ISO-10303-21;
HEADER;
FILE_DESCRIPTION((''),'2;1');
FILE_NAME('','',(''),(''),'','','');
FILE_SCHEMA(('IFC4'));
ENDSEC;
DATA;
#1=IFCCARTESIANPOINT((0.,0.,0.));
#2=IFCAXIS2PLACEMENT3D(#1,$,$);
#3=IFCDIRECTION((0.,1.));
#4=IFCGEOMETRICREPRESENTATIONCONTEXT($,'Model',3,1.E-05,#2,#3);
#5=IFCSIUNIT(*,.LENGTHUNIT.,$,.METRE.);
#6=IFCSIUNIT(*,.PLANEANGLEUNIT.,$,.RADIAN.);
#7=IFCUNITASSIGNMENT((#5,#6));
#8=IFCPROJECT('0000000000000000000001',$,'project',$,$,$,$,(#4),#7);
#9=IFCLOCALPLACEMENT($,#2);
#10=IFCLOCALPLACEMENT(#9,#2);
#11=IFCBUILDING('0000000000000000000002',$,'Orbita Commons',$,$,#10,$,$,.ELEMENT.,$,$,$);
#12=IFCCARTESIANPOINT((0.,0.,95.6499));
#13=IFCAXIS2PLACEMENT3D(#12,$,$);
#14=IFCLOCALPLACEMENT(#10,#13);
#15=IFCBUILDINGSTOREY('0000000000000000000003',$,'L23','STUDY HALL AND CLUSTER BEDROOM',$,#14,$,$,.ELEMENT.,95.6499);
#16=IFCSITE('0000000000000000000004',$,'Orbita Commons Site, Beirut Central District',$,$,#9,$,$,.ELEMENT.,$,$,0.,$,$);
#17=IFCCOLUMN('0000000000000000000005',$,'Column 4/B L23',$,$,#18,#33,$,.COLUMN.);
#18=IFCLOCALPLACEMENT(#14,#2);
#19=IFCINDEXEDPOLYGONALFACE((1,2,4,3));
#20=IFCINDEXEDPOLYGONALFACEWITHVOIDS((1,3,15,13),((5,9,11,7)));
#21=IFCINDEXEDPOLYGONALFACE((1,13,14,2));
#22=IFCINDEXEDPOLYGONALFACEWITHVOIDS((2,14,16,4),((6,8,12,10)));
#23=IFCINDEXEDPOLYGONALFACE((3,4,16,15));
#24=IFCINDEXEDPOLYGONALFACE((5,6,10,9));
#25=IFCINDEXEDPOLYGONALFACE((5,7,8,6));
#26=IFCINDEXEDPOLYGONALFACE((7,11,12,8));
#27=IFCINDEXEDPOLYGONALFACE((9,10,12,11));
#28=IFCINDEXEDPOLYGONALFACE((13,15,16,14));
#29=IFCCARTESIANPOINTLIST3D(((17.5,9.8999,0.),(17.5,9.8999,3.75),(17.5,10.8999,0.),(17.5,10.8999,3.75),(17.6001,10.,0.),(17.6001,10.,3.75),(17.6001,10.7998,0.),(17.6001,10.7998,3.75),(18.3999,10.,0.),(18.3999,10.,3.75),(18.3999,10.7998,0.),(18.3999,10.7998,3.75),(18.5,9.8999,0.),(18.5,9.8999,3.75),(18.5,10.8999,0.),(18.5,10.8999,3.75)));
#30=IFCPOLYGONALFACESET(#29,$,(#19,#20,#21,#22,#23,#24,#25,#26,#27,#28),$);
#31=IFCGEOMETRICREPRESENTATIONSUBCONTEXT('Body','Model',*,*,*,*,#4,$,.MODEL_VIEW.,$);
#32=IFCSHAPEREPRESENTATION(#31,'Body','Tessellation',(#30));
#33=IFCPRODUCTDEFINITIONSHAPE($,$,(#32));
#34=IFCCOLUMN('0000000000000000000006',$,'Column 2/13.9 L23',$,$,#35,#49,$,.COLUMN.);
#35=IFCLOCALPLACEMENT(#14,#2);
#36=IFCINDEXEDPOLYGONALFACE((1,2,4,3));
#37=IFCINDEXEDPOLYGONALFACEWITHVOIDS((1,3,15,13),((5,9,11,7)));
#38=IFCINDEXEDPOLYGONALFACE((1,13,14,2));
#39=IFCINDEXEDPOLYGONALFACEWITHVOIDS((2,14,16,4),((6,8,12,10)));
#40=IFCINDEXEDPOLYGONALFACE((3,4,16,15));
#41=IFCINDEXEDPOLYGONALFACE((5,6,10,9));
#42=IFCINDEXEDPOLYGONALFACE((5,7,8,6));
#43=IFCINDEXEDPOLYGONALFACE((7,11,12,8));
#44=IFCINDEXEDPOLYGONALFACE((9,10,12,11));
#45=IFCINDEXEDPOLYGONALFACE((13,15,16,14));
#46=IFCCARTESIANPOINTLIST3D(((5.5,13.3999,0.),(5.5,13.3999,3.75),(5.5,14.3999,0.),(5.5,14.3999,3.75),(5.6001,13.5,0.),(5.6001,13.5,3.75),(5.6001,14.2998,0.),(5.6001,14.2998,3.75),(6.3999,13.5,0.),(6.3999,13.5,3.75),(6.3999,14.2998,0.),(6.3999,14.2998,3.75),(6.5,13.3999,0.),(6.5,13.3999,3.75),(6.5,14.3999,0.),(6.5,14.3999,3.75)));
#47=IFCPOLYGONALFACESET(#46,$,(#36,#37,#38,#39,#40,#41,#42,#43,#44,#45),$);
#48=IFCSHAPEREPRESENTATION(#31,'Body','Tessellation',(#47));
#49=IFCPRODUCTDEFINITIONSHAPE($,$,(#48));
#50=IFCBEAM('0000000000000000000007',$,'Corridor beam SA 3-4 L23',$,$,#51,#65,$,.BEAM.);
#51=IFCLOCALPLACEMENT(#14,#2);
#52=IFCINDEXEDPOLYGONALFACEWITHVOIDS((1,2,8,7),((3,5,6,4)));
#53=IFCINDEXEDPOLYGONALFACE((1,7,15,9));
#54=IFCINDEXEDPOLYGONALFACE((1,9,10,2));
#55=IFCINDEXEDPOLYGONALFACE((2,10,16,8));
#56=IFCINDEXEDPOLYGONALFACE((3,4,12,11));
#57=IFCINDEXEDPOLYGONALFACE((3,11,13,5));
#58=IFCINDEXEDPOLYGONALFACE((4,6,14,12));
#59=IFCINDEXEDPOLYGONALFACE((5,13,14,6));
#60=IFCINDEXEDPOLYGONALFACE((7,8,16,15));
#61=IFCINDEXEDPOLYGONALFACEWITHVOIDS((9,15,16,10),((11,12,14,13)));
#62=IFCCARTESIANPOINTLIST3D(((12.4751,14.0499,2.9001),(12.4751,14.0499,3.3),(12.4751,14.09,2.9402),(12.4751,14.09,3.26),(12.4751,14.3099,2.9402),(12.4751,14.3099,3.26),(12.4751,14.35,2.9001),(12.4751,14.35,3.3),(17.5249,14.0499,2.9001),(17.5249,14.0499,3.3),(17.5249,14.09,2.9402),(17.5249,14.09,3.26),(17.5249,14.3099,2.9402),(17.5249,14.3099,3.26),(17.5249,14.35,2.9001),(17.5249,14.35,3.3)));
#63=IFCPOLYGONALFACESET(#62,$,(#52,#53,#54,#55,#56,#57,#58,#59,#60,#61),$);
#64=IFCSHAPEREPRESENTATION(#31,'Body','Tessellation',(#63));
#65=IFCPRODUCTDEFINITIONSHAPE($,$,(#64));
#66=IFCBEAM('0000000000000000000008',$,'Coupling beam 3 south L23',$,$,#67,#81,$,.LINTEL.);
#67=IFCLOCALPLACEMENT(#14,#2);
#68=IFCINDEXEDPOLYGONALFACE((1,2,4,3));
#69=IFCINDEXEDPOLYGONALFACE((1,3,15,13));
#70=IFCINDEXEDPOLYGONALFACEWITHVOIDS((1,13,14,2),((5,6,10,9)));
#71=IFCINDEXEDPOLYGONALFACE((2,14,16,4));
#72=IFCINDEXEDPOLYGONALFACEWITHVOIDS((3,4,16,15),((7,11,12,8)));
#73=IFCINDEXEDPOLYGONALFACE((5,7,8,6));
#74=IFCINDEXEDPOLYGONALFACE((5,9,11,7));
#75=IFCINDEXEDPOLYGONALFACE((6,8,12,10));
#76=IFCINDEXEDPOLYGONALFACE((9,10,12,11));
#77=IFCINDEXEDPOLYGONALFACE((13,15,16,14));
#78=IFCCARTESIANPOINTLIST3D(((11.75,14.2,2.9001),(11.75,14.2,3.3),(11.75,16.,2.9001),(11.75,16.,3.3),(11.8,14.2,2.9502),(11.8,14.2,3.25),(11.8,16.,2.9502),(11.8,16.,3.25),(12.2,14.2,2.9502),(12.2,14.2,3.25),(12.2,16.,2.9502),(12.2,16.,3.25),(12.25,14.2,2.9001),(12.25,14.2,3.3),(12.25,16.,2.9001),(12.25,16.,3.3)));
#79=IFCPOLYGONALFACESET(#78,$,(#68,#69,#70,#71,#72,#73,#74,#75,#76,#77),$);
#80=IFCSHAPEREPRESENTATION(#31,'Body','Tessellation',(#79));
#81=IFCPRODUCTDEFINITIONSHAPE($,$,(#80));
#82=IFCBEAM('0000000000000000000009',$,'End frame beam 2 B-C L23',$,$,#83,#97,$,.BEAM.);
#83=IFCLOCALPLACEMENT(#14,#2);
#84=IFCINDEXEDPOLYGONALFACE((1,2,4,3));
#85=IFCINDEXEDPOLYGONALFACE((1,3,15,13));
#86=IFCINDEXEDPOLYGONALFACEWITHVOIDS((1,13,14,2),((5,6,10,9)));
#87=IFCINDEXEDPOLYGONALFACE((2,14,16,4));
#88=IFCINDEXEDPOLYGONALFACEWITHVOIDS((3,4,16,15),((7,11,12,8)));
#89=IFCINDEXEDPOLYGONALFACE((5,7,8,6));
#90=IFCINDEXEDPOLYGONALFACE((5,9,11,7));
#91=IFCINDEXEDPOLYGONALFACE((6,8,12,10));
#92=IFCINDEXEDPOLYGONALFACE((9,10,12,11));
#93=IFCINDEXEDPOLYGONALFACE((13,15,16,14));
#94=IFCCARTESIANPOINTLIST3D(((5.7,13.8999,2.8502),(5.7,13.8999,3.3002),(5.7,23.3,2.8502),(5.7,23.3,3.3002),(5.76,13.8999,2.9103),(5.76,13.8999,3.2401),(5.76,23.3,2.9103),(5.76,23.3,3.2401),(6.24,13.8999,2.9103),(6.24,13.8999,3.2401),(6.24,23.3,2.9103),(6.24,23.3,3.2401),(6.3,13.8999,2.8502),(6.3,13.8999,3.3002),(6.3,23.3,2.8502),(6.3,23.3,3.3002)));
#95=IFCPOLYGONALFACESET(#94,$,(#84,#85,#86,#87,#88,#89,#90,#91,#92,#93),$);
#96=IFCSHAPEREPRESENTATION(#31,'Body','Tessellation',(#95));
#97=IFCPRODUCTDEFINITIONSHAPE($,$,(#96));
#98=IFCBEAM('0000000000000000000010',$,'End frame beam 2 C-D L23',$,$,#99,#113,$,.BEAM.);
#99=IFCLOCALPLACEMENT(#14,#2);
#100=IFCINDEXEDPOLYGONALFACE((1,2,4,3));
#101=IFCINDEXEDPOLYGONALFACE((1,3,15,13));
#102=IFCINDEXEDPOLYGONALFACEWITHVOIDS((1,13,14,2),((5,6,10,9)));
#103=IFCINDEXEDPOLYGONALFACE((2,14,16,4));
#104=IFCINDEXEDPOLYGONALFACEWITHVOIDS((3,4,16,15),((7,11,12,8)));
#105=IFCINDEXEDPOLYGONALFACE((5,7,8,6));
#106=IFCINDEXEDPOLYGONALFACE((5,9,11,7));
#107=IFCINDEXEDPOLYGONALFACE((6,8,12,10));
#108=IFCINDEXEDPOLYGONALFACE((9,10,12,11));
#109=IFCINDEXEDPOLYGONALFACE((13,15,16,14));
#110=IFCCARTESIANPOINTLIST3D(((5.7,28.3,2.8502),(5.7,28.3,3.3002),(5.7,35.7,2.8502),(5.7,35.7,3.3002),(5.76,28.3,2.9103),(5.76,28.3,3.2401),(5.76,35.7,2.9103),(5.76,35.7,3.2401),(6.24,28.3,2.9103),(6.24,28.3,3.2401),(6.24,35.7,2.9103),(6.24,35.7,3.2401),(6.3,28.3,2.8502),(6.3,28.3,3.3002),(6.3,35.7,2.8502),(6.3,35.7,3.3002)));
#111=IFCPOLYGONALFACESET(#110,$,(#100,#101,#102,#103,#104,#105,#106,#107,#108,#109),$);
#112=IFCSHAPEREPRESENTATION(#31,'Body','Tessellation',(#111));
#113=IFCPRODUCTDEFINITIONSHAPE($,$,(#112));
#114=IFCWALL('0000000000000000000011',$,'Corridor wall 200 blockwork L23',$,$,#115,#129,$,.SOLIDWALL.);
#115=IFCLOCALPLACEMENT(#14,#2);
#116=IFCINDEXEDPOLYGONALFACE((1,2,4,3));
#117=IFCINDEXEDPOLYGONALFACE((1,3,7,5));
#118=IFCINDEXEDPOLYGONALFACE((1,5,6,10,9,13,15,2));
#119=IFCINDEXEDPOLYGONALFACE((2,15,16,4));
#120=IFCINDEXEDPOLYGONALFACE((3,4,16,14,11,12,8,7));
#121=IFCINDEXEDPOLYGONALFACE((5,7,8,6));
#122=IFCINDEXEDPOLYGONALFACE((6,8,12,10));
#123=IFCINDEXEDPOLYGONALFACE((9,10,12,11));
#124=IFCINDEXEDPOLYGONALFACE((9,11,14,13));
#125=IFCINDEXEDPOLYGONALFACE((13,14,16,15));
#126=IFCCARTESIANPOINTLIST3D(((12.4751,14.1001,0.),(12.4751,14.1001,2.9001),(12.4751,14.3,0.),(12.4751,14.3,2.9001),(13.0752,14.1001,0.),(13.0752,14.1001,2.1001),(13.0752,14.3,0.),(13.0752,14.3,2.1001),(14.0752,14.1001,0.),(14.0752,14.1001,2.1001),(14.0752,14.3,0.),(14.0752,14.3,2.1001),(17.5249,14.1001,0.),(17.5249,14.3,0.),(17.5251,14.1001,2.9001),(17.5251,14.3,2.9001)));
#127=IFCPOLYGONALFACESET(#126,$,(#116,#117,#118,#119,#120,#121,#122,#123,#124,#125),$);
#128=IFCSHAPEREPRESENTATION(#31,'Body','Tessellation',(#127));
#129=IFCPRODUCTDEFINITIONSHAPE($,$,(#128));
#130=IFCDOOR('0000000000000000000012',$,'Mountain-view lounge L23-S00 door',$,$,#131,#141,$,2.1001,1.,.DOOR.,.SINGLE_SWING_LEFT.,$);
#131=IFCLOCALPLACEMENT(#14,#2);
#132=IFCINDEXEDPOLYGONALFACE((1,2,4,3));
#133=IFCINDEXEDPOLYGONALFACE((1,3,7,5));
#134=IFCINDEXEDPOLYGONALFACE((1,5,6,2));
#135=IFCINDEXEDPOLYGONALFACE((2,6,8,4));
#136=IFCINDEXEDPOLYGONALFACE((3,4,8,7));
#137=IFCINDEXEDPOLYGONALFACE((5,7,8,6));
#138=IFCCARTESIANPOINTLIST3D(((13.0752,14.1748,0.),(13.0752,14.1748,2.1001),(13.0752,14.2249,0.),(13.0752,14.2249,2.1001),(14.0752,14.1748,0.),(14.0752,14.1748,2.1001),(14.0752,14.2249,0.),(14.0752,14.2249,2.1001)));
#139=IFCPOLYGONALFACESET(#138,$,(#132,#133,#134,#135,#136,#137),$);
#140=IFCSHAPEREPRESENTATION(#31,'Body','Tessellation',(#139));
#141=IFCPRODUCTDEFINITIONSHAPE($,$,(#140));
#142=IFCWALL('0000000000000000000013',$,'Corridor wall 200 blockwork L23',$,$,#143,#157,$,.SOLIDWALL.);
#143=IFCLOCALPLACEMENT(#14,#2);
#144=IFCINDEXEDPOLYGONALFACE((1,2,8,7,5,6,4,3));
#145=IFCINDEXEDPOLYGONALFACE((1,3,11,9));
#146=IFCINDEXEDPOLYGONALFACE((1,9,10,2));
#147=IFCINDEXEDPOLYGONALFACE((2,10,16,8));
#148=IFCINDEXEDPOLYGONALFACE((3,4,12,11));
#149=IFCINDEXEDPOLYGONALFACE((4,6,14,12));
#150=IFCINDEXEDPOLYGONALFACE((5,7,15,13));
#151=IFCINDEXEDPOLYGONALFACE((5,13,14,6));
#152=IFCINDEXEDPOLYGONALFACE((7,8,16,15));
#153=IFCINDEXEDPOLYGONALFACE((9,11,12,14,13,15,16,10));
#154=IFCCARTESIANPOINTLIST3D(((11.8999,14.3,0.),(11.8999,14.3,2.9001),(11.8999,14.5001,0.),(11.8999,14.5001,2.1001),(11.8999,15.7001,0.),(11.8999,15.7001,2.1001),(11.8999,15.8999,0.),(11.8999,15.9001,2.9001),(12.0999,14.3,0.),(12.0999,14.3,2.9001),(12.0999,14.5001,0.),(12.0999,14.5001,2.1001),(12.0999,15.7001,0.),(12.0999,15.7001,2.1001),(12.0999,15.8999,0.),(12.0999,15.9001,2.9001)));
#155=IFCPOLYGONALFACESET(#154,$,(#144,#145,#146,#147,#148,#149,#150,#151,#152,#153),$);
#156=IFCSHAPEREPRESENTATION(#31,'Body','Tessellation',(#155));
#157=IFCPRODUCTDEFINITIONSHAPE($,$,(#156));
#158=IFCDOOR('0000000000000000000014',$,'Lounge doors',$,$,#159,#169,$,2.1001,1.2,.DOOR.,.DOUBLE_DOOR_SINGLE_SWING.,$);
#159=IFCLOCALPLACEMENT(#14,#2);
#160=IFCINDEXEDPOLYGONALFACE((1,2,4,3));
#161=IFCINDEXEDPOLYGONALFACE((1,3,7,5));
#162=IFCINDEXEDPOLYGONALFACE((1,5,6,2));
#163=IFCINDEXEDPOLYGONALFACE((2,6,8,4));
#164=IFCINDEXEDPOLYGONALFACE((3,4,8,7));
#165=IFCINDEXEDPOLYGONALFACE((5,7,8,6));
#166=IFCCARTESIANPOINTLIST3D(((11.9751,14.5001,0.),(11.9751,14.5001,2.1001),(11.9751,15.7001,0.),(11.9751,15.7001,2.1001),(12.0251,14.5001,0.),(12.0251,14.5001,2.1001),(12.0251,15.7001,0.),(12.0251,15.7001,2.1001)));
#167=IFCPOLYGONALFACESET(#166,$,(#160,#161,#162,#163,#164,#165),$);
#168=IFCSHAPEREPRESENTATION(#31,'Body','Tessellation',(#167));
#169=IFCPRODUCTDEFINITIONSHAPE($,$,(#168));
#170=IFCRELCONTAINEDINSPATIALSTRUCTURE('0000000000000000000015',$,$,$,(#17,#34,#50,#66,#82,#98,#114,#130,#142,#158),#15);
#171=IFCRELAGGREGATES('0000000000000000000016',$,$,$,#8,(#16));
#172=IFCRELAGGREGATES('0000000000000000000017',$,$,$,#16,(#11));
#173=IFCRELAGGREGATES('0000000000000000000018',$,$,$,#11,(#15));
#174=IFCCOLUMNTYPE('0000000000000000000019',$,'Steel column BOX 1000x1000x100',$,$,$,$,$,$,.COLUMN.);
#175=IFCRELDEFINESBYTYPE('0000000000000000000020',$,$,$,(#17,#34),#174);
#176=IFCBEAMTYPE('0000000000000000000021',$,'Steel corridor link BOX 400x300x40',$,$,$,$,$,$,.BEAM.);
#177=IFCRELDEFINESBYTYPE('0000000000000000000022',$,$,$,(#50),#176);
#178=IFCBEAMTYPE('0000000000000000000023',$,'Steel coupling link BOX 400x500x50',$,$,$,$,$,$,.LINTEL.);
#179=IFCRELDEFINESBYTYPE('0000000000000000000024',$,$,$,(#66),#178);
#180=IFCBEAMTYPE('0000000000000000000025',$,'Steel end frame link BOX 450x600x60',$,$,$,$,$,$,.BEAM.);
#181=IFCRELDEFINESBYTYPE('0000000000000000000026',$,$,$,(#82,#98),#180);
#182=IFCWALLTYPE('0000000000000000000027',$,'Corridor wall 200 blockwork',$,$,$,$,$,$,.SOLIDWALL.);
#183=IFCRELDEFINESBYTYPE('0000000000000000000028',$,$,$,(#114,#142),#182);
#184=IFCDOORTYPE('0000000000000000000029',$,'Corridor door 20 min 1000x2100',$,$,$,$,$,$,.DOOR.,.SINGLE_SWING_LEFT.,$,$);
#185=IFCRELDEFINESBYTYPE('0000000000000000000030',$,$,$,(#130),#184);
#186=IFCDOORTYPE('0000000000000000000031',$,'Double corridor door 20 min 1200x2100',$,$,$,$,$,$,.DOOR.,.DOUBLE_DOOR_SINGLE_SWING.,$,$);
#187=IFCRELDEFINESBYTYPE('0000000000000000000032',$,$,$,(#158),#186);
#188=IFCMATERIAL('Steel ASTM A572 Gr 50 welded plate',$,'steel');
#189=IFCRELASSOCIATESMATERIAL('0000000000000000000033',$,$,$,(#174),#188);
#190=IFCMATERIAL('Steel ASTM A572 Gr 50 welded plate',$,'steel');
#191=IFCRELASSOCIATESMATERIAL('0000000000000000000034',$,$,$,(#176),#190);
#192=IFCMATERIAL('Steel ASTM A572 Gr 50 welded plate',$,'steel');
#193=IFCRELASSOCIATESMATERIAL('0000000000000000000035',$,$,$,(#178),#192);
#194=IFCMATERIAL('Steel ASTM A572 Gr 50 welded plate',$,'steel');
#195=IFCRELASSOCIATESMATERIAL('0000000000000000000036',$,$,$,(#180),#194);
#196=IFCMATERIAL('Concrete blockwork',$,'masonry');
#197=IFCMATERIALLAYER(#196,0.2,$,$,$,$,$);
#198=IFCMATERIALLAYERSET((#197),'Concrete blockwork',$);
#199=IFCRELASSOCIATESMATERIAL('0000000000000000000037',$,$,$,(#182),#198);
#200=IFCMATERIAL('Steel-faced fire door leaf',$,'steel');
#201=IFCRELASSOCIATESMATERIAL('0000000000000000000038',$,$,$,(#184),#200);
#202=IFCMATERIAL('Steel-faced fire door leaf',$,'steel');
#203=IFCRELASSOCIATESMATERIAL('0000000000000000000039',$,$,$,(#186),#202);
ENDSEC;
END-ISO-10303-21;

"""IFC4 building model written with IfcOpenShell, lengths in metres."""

from ifc_helpers import new_model, si_unit, direction, frame, frame_2d, origin, origin_2d, place, context, subcontext, project, spatial, polyline, rectangle, hollow_rectangle, outline, extrude, material, layer, layer_set, material_profile, profile_set, type_object, element, fill, save


model = new_model("IFC4")

# Units and contexts
model_context = context("Model", 3, precision=1e-05, world=origin(), true_north=direction((0.0, 1.0)))
body_context = subcontext(model_context, "Body", "Model", "MODEL_VIEW")
ifc_project = project(units=[si_unit("LENGTHUNIT", "METRE"), si_unit("PLANEANGLEUNIT", "RADIAN")], contexts=[model_context])

# Site, building, storey
site_placement = place(None, origin())
site = spatial("IfcSite", under=ifc_project, at=site_placement, Name="Orbita Commons Site, Beirut Central District", CompositionType="ELEMENT", RefElevation=0.0)
building_placement = place(site_placement, origin())
building = spatial("IfcBuilding", under=site, at=building_placement, Name="Orbita Commons", CompositionType="ELEMENT")
storey_placement = place(building_placement, frame((0.0, 0.0, 95.6499)))
storey = spatial("IfcBuildingStorey", under=building, at=storey_placement, Name="L23", Description="STUDY HALL AND CLUSTER BEDROOM", CompositionType="ELEMENT", Elevation=95.6499)

# Columns
ifc_material_1 = material(Name="Steel ASTM A572 Gr 50 welded plate", Category="steel")
ifc_material_profile_1 = material_profile(ifc_material_1, hollow_rectangle(XDim=1.0, YDim=1.0, WallThickness=0.1001, at=origin_2d()), Name="BOX 1000x1000x100")
ifc_profile_set_1 = profile_set([ifc_material_profile_1], Name="Steel ASTM A572 Gr 50 welded plate")
column_type = type_object("IfcColumnType", Name="Steel column BOX 1000x1000x100", PredefinedType="COLUMN", material=ifc_profile_set_1)
for number, where, z_axis, x_axis, name in (
    (1, (18.0, 10.3999, 0.0), (0.0, 0.0, 1.0), (1.0, 0.0, 0.0), "Column 4/B L23"),
    (2, (6.0, 13.8999, 0.0), (0.0, 0.0, 1.0), (1.0, 0.0, 0.0), "Column 2/13.9 L23"),
):
    element("IfcColumn", number, at=place(storey_placement, frame(where, z_axis=z_axis, x_axis=x_axis)), inside=storey, type_object=column_type, Name=name, PredefinedType="COLUMN", context=body_context, shape_type="SweptSolid", body=[
        extrude(hollow_rectangle(XDim=1.0, YDim=1.0, WallThickness=0.1001, at=origin_2d()), origin(), (0.0, 0.0, 1.0), 3.75),
    ])

# Beams
ifc_material_2 = material(Name="Steel ASTM A572 Gr 50 welded plate", Category="steel")
ifc_material_profile_2 = material_profile(ifc_material_2, hollow_rectangle(XDim=0.3, YDim=0.3999, WallThickness=0.04, at=origin_2d()), Name="BOX 400x300x40")
ifc_profile_set_2 = profile_set([ifc_material_profile_2], Name="Steel ASTM A572 Gr 50 welded plate")
beam_type_1 = type_object("IfcBeamType", Name="Steel corridor link BOX 400x300x40", PredefinedType="BEAM", material=ifc_profile_set_2)
beam_1_placement = place(storey_placement, frame((12.4751, 14.2, 3.1001), z_axis=(1.0, 0.0, 0.0), x_axis=(0.0, 1.0, 0.0)))
element("IfcBeam", 3, at=beam_1_placement, inside=storey, type_object=beam_type_1, Name="Corridor beam SA 3-4 L23", PredefinedType="BEAM", context=body_context, shape_type="SweptSolid", body=[
    extrude(hollow_rectangle(XDim=0.3, YDim=0.3999, WallThickness=0.04, at=origin_2d()), origin(), (0.0, 0.0, 1.0), 5.0498),
])
ifc_material_3 = material(Name="Steel ASTM A572 Gr 50 welded plate", Category="steel")
ifc_material_profile_3 = material_profile(ifc_material_3, hollow_rectangle(XDim=0.5, YDim=0.3999, WallThickness=0.05, at=origin_2d()), Name="BOX 400x500x50")
ifc_profile_set_3 = profile_set([ifc_material_profile_3], Name="Steel ASTM A572 Gr 50 welded plate")
beam_type_2 = type_object("IfcBeamType", Name="Steel coupling link BOX 400x500x50", PredefinedType="LINTEL", material=ifc_profile_set_3)
beam_2_placement = place(storey_placement, frame((12.0, 14.2, 3.1001), z_axis=(0.0, 1.0, 0.0), x_axis=(-1.0, 0.0, 0.0)))
element("IfcBeam", 4, at=beam_2_placement, inside=storey, type_object=beam_type_2, Name="Coupling beam 3 south L23", PredefinedType="LINTEL", context=body_context, shape_type="SweptSolid", body=[
    extrude(hollow_rectangle(XDim=0.5, YDim=0.3999, WallThickness=0.05, at=origin_2d()), origin(), (0.0, 0.0, 1.0), 1.8),
])
ifc_material_4 = material(Name="Steel ASTM A572 Gr 50 welded plate", Category="steel")
ifc_material_profile_4 = material_profile(ifc_material_4, hollow_rectangle(XDim=0.6001, YDim=0.45, WallThickness=0.0601, at=origin_2d()), Name="BOX 450x600x60")
ifc_profile_set_4 = profile_set([ifc_material_profile_4], Name="Steel ASTM A572 Gr 50 welded plate")
beam_type_3 = type_object("IfcBeamType", Name="Steel end frame link BOX 450x600x60", PredefinedType="BEAM", material=ifc_profile_set_4)
beam_3_placement = place(storey_placement, frame((6.0, 13.8999, 3.0752), z_axis=(0.0, 1.0, 0.0), x_axis=(-1.0, 0.0, 0.0)))
element("IfcBeam", 5, at=beam_3_placement, inside=storey, type_object=beam_type_3, Name="End frame beam 2 B-C L23", PredefinedType="BEAM", context=body_context, shape_type="SweptSolid", body=[
    extrude(hollow_rectangle(XDim=0.6001, YDim=0.45, WallThickness=0.0601, at=origin_2d()), origin(), (0.0, 0.0, 1.0), 9.4001),
])
beam_4_placement = place(storey_placement, frame((6.0, 28.3, 3.0752), z_axis=(0.0, 1.0, 0.0), x_axis=(-1.0, 0.0, 0.0)))
element("IfcBeam", 6, at=beam_4_placement, inside=storey, type_object=beam_type_3, Name="End frame beam 2 C-D L23", PredefinedType="BEAM", context=body_context, shape_type="SweptSolid", body=[
    extrude(hollow_rectangle(XDim=0.6001, YDim=0.45, WallThickness=0.0601, at=origin_2d()), origin(), (0.0, 0.0, 1.0), 7.3999),
])

# Walls, openings, doors
ifc_material_5 = material(Name="Concrete blockwork", Category="masonry")
ifc_layer_1 = layer(ifc_material_5, 0.2)
ifc_layer_set_1 = layer_set([ifc_layer_1], Name="Concrete blockwork")
wall_type_1 = type_object("IfcWallType", Name="Corridor wall 200 blockwork", PredefinedType="SOLIDWALL", material=ifc_layer_set_1)
wall_1_placement = place(storey_placement, frame((12.4751, 14.2, 0.0), z_axis=(0.0, 0.0, 1.0), x_axis=(1.0, 0.0, 0.0)))
wall_1 = element("IfcWall", 7, at=wall_1_placement, inside=storey, type_object=wall_type_1, Name="Corridor wall 200 blockwork L23", PredefinedType="SOLIDWALL", context=body_context, shape_type="SweptSolid", body=[
    extrude(outline(polyline([(0.0, 0.0), (5.0498, 0.0), (5.05, 2.9001), (0.0, 2.9001), (0.0, 0.0)])), frame((0.0, 0.1001, 0.0), z_axis=(0.0, -1.0, 0.0), x_axis=(1.0, 0.0, 0.0)), (0.0, 0.0, 1.0), 0.2),
])
opening_1_placement = place(wall_1_placement, frame((0.6001, 0.0, 0.0)))
opening_1 = element("IfcOpeningElement", 8, at=opening_1_placement, cuts=wall_1, PredefinedType="OPENING", context=body_context, shape_type="SweptSolid", body=[
    extrude(rectangle(XDim=1.0, YDim=2.1001, at=frame_2d((0.5, 1.05))), frame((0.0, 0.1099, 0.0), z_axis=(0.0, -1.0, 0.0), x_axis=(1.0, 0.0, 0.0)), (0.0, 0.0, 1.0), 0.22),
])
ifc_material_6 = material(Name="Steel-faced fire door leaf", Category="steel")
door_type_1 = type_object("IfcDoorType", Name="Corridor door 20 min 1000x2100", OperationType="SINGLE_SWING_LEFT", PredefinedType="DOOR", material=ifc_material_6)
door_1_placement = place(opening_1_placement, origin())
door_1 = element("IfcDoor", 9, at=door_1_placement, inside=storey, type_object=door_type_1, Name="Mountain-view lounge L23-S00 door", OperationType="SINGLE_SWING_LEFT", OverallHeight=2.1001, OverallWidth=1.0, PredefinedType="DOOR", context=body_context, shape_type="SweptSolid", body=[
    extrude(rectangle(XDim=1.0, YDim=2.1001, at=frame_2d((0.5, 1.05))), frame((0.0, 0.0249, 0.0), z_axis=(0.0, -1.0, 0.0), x_axis=(1.0, 0.0, 0.0)), (0.0, 0.0, 1.0), 0.05),
])
fill(opening_1, door_1)
wall_2_placement = place(storey_placement, frame((12.0, 14.3, 0.0), z_axis=(0.0, 0.0, 1.0), x_axis=(0.0, 1.0, 0.0)))
wall_2 = element("IfcWall", 10, at=wall_2_placement, inside=storey, type_object=wall_type_1, Name="Corridor wall 200 blockwork L23", PredefinedType="SOLIDWALL", context=body_context, shape_type="SweptSolid", body=[
    extrude(outline(polyline([(0.0, 0.0), (1.5999, 0.0), (1.6001, 2.9001), (0.0, 2.9001), (0.0, 0.0)])), frame((0.0, 0.1001, 0.0), z_axis=(0.0, -1.0, 0.0), x_axis=(1.0, 0.0, 0.0)), (0.0, 0.0, 1.0), 0.2),
])
opening_2_placement = place(wall_2_placement, frame((0.2, 0.0, 0.0)))
opening_2 = element("IfcOpeningElement", 11, at=opening_2_placement, cuts=wall_2, PredefinedType="OPENING", context=body_context, shape_type="SweptSolid", body=[
    extrude(rectangle(XDim=1.2, YDim=2.1001, at=frame_2d((0.6001, 1.05))), frame((0.0, 0.1099, 0.0), z_axis=(0.0, -1.0, 0.0), x_axis=(1.0, 0.0, 0.0)), (0.0, 0.0, 1.0), 0.22),
])
ifc_material_7 = material(Name="Steel-faced fire door leaf", Category="steel")
door_type_2 = type_object("IfcDoorType", Name="Double corridor door 20 min 1200x2100", OperationType="DOUBLE_DOOR_SINGLE_SWING", PredefinedType="DOOR", material=ifc_material_7)
door_2_placement = place(opening_2_placement, origin())
door_2 = element("IfcDoor", 12, at=door_2_placement, inside=storey, type_object=door_type_2, Name="Lounge doors", OperationType="DOUBLE_DOOR_SINGLE_SWING", OverallHeight=2.1001, OverallWidth=1.2, PredefinedType="DOOR", context=body_context, shape_type="SweptSolid", body=[
    extrude(rectangle(XDim=1.2, YDim=2.1001, at=frame_2d((0.6001, 1.05))), frame((0.0, 0.0249, 0.0), z_axis=(0.0, -1.0, 0.0), x_axis=(1.0, 0.0, 0.0)), (0.0, 0.0, 1.0), 0.05),
])
fill(opening_2, door_2)

save(model, "model.ifc")
